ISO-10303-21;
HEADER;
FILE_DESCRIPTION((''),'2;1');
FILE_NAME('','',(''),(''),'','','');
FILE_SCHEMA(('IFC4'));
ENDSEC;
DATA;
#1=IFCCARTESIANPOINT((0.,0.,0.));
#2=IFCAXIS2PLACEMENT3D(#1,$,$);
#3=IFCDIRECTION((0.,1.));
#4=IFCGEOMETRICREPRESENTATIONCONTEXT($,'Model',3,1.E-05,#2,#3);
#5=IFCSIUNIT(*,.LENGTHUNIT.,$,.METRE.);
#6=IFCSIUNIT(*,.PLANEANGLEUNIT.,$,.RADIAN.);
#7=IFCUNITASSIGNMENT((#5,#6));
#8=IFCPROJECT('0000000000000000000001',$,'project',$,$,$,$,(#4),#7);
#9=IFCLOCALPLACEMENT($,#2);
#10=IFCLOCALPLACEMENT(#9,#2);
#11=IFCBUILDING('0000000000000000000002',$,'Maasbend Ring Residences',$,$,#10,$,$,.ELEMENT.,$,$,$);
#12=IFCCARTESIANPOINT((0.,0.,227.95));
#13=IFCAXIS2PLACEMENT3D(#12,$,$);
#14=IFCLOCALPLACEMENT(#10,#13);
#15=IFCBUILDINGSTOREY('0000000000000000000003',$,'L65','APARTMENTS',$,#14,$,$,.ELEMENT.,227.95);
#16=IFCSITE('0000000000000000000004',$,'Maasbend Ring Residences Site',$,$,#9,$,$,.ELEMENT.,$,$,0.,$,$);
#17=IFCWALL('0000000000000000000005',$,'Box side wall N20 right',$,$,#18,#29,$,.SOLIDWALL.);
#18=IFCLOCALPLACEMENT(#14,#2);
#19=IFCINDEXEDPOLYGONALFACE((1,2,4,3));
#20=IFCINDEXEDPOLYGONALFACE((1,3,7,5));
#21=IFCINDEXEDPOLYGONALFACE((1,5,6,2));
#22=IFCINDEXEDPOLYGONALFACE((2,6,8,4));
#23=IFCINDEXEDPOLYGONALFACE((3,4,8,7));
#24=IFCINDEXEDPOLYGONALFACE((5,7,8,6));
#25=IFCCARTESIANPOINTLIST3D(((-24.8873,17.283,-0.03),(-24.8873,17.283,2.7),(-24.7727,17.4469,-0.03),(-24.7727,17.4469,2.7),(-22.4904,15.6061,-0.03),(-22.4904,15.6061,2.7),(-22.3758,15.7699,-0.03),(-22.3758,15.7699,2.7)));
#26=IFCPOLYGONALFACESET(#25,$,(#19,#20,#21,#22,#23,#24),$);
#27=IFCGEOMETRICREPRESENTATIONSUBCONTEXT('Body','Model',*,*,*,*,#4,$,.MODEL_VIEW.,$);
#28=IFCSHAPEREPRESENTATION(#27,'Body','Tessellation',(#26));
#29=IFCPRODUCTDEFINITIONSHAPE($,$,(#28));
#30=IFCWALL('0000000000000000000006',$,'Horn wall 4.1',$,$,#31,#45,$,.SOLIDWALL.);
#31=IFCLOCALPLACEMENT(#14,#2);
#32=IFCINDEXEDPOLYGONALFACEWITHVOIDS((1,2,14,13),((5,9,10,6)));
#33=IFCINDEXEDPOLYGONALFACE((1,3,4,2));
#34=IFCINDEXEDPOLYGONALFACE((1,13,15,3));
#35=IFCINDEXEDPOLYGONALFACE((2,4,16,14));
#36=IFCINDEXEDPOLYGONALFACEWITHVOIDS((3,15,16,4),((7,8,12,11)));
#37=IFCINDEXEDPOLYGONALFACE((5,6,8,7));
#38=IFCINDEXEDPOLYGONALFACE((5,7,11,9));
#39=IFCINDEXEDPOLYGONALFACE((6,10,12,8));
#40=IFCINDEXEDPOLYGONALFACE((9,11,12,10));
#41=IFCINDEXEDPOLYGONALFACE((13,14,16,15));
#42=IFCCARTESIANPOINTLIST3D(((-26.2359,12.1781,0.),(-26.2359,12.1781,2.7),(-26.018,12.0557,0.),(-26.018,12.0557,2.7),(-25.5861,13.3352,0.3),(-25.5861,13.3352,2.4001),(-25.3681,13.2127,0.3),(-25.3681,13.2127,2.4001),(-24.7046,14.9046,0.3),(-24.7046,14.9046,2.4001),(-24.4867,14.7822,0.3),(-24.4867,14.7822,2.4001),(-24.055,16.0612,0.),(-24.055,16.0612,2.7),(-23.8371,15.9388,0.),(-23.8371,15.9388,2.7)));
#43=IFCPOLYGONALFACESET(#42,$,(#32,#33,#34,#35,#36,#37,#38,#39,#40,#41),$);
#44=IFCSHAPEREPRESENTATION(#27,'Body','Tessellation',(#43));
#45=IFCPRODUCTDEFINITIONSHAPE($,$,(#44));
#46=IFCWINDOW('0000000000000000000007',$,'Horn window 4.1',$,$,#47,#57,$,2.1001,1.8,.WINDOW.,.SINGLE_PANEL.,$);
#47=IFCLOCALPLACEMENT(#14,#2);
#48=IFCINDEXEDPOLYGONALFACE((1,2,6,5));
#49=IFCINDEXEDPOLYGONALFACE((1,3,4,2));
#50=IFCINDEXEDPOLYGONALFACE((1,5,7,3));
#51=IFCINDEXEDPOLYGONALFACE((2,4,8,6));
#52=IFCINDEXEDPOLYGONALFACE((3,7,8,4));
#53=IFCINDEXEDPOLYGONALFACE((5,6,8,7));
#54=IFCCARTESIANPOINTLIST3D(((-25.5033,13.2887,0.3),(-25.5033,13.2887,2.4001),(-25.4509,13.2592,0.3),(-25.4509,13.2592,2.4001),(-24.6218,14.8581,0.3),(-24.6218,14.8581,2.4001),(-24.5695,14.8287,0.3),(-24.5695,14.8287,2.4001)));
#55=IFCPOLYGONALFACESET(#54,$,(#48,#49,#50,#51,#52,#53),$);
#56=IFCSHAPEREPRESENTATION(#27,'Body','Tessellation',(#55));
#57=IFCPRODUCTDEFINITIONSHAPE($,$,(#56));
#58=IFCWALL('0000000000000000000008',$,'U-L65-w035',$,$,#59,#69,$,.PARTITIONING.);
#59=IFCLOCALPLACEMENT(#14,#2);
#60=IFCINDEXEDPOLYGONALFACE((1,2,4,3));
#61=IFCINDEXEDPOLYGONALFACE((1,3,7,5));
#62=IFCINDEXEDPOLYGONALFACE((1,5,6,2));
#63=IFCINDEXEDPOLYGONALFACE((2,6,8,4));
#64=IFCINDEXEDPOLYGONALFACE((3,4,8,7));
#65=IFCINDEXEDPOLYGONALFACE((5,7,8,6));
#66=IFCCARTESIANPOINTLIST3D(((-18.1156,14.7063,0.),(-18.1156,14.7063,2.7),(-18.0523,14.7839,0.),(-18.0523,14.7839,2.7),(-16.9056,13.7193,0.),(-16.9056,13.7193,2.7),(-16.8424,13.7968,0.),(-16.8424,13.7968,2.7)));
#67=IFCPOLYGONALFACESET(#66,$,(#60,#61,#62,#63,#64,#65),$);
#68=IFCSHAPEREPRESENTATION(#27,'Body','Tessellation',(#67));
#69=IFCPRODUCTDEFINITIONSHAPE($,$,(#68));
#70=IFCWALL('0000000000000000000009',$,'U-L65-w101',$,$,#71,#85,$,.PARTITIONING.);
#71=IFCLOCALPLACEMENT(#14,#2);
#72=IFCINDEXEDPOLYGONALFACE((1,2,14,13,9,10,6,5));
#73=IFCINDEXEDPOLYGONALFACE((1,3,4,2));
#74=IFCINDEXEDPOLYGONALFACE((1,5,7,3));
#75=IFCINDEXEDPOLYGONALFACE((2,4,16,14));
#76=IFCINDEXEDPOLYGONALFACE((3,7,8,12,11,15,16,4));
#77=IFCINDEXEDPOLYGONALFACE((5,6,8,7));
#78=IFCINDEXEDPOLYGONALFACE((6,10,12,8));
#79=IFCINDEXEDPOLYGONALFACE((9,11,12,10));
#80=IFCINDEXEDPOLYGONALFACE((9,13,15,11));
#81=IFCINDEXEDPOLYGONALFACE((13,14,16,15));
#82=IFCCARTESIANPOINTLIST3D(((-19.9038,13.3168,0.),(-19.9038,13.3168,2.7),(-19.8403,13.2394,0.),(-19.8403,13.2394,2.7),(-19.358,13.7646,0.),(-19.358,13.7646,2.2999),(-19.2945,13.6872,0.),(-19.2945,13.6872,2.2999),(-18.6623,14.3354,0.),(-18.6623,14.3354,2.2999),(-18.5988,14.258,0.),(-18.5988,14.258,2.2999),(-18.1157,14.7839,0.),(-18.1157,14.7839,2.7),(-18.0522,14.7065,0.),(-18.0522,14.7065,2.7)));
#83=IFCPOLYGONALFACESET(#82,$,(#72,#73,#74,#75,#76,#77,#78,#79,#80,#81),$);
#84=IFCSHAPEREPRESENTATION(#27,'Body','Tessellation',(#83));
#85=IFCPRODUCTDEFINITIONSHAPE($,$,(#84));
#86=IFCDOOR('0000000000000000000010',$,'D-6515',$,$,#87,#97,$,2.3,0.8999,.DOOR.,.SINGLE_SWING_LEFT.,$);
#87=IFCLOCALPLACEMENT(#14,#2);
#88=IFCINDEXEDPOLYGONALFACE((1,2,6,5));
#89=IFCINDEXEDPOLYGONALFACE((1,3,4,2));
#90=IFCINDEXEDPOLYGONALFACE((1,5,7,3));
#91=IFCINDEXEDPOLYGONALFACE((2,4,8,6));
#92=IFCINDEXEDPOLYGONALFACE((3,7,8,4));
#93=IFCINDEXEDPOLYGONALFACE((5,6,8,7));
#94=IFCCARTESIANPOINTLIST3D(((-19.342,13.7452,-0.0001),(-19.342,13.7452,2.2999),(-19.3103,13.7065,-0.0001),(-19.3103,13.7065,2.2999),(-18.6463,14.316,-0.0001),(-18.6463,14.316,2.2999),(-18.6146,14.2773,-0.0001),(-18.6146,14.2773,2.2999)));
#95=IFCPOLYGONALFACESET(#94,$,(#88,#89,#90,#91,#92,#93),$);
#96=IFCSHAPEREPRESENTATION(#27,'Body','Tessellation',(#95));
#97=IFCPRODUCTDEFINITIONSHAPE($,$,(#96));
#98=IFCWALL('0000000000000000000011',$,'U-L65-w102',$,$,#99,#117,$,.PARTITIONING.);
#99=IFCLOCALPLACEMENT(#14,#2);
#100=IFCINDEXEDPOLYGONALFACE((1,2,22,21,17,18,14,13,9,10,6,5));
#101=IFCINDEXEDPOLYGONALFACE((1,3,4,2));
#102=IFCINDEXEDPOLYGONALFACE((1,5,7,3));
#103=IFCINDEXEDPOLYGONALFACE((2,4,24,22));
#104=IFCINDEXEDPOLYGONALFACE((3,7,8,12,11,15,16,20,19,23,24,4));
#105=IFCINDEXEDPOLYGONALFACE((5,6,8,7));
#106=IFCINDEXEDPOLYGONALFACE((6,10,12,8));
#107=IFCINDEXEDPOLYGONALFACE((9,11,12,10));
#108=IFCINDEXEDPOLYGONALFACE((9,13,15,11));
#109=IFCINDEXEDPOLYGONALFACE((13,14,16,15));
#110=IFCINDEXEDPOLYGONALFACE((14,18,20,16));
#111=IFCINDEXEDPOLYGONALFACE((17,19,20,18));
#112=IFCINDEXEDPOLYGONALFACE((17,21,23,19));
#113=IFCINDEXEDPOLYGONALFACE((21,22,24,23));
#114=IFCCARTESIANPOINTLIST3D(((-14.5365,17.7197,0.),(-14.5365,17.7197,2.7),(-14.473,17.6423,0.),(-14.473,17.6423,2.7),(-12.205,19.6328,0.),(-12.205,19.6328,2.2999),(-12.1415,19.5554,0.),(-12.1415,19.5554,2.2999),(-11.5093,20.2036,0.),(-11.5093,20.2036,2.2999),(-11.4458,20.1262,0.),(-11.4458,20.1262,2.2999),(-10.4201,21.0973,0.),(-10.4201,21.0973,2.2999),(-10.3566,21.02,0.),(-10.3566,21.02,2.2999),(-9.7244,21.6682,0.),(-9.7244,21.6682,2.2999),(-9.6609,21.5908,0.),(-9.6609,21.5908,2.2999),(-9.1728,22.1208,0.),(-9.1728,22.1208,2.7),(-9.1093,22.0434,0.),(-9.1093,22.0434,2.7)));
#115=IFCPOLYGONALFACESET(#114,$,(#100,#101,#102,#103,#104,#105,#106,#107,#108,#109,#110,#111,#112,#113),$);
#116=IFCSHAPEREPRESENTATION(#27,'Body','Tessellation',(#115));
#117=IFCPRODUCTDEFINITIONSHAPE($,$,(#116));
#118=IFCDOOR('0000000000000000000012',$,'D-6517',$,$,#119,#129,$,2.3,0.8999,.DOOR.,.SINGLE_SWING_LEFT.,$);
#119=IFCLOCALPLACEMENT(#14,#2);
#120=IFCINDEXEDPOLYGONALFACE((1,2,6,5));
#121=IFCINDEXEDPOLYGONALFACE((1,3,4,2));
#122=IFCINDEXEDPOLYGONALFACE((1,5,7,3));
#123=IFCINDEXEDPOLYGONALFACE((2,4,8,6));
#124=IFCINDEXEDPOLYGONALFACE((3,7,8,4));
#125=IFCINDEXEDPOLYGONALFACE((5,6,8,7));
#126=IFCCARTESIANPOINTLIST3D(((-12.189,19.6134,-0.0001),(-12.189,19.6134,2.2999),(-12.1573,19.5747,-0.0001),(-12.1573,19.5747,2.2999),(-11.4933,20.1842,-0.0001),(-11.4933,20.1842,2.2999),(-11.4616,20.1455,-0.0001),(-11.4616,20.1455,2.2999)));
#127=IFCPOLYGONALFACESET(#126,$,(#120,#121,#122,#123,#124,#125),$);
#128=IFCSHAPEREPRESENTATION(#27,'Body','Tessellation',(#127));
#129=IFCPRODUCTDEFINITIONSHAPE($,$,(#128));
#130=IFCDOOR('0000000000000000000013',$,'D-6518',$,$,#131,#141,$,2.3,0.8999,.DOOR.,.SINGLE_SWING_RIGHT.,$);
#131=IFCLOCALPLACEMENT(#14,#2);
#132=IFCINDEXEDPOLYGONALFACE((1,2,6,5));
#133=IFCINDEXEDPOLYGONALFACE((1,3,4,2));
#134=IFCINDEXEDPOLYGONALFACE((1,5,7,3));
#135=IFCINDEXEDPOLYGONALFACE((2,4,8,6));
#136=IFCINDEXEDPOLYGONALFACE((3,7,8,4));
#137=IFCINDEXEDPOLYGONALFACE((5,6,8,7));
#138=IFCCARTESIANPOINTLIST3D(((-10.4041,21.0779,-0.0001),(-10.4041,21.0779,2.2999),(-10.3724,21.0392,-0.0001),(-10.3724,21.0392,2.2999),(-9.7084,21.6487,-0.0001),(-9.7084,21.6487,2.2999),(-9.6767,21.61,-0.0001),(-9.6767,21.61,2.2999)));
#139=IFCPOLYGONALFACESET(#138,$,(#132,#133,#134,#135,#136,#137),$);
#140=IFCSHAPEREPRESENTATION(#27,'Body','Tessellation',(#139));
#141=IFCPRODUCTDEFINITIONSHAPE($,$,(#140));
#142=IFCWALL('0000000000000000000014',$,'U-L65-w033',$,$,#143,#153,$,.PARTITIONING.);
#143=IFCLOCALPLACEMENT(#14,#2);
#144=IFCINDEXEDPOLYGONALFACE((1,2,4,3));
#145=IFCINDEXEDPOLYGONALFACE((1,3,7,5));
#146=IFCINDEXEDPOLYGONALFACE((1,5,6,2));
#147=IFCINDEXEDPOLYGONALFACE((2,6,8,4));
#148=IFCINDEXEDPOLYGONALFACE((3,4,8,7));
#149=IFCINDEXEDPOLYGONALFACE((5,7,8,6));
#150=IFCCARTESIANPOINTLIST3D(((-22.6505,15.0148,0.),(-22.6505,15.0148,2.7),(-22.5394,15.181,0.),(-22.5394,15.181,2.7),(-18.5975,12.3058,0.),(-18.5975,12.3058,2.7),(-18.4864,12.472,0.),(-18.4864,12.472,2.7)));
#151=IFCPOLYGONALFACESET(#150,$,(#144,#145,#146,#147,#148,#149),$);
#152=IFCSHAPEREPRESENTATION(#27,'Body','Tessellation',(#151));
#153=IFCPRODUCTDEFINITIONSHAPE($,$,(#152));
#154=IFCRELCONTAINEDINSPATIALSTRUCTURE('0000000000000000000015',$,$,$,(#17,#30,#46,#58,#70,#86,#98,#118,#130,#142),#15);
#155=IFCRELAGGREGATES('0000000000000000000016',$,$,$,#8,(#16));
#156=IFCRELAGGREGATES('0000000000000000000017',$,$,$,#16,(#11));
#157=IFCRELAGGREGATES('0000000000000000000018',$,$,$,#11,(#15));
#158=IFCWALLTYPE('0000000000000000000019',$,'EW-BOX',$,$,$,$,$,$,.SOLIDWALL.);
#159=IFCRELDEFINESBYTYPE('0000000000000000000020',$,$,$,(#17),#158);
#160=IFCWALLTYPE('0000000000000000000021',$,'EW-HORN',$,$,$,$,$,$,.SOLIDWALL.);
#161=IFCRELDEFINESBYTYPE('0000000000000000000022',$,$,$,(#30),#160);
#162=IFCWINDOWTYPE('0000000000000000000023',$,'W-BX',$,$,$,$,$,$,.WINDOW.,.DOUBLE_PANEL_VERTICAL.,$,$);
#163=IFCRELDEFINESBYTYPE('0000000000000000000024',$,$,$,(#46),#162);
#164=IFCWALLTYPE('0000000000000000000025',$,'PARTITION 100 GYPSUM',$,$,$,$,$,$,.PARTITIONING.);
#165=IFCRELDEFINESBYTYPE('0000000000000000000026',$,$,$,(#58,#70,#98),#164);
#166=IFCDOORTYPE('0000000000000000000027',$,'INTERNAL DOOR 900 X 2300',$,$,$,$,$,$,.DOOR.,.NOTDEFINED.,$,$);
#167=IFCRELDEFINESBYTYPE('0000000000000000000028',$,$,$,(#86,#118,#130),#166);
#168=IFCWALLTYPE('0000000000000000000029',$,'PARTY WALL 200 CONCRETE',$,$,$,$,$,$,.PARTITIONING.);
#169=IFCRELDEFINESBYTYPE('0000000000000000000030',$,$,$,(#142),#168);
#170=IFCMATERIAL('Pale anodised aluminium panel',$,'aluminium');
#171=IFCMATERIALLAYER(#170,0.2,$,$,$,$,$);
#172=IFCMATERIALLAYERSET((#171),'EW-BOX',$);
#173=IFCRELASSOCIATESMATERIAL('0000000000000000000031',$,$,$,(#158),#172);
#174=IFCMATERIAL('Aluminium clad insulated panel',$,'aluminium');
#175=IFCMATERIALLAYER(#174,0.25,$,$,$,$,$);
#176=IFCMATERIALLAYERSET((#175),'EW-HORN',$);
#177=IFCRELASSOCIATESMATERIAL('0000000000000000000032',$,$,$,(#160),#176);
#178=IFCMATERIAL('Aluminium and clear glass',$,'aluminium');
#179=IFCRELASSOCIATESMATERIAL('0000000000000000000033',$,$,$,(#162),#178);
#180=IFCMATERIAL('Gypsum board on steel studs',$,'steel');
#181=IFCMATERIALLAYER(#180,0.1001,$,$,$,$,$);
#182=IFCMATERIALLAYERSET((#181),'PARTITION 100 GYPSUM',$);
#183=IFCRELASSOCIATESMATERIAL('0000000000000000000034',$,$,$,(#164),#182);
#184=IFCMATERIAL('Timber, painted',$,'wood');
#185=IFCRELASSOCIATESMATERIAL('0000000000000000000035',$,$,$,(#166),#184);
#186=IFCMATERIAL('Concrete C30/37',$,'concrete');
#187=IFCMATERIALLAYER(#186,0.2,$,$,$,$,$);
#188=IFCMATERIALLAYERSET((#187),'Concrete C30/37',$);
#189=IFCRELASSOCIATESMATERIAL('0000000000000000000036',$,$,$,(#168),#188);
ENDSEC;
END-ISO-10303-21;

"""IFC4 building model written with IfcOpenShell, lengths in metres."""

from ifc_helpers import new_model, si_unit, direction, frame, frame_2d, origin, place, context, subcontext, project, spatial, rectangle, extrude, material, layer, layer_set, type_object, element, fill, save


model = new_model("IFC4")

# Units and contexts
model_context = context("Model", 3, precision=1e-05, world=origin(), true_north=direction((0.0, 1.0)))
body_context = subcontext(model_context, "Body", "Model", "MODEL_VIEW")
ifc_project = project(units=[si_unit("LENGTHUNIT", "METRE"), si_unit("PLANEANGLEUNIT", "RADIAN")], contexts=[model_context])

# Site, building, storey
site_placement = place(None, origin())
site = spatial("IfcSite", under=ifc_project, at=site_placement, Name="Maasbend Ring Residences Site", CompositionType="ELEMENT", RefElevation=0.0)
building_placement = place(site_placement, origin())
building = spatial("IfcBuilding", under=site, at=building_placement, Name="Maasbend Ring Residences", CompositionType="ELEMENT")
storey_placement = place(building_placement, frame((0.0, 0.0, 227.95)))
storey = spatial("IfcBuildingStorey", under=building, at=storey_placement, Name="L65", Description="APARTMENTS", CompositionType="ELEMENT", Elevation=227.95)

# Shared definitions
ifc_material_1 = material(Name="Pale anodised aluminium panel", Category="aluminium")
ifc_layer_1 = layer(ifc_material_1, 0.2)
ifc_layer_set_1 = layer_set([ifc_layer_1], Name="EW-BOX")
wall_type_1 = type_object("IfcWallType", Name="EW-BOX", PredefinedType="SOLIDWALL", material=ifc_layer_set_1)

# Wall
wall_1_placement = place(storey_placement, frame((-22.4331, 15.688, -0.03), z_axis=(0.0, 0.0, 1.0), x_axis=(-0.819373, 0.573261, 0.0)))
element("IfcWall", 1, at=wall_1_placement, inside=storey, type_object=wall_type_1, Name="Box side wall N20 right", PredefinedType="SOLIDWALL", context=body_context, shape_type="SweptSolid", body=[
    extrude(rectangle(XDim=2.9253, YDim=0.2, at=frame_2d((1.4626, 0.0))), origin(), (0.0, 0.0, 1.0), 2.73),
])

# Wall, opening, window
ifc_material_2 = material(Name="Aluminium clad insulated panel", Category="aluminium")
ifc_layer_2 = layer(ifc_material_2, 0.25)
ifc_layer_set_2 = layer_set([ifc_layer_2], Name="EW-HORN")
wall_type_2 = type_object("IfcWallType", Name="EW-HORN", PredefinedType="SOLIDWALL", material=ifc_layer_set_2)
wall_2_placement = place(storey_placement, frame((-23.946, 16.0, 0.0), z_axis=(0.0, 0.0, 1.0), x_axis=(-0.489696, -0.871893, 0.0)))
wall_2 = element("IfcWall", 2, at=wall_2_placement, inside=storey, type_object=wall_type_2, Name="Horn wall 4.1", PredefinedType="SOLIDWALL", context=body_context, shape_type="SweptSolid", body=[
    extrude(rectangle(XDim=4.4536, YDim=0.25, at=frame_2d((2.2268, 0.0))), origin(), (0.0, 0.0, 1.0), 2.7),
])
opening_1_placement = place(wall_2_placement, frame((1.3267, 0.0, 0.3)))
opening_1 = element("IfcOpeningElement", 3, at=opening_1_placement, cuts=wall_2, PredefinedType="OPENING", context=body_context, shape_type="SweptSolid", body=[
    extrude(rectangle(XDim=1.8, YDim=2.1001, at=frame_2d((0.8999, 1.05))), frame((0.0, 0.135, 0.0), z_axis=(0.0, -1.0, 0.0), x_axis=(1.0, 0.0, 0.0)), (0.0, 0.0, 1.0), 0.27),
])
ifc_material_3 = material(Name="Aluminium and clear glass", Category="aluminium")
window_type_1 = type_object("IfcWindowType", Name="W-BX", PartitioningType="DOUBLE_PANEL_VERTICAL", PredefinedType="WINDOW", material=ifc_material_3)
window_1_placement = place(opening_1_placement, origin())
window_1 = element("IfcWindow", 4, at=window_1_placement, inside=storey, type_object=window_type_1, Name="Horn window 4.1", OverallHeight=2.1001, OverallWidth=1.8, PartitioningType="SINGLE_PANEL", PredefinedType="WINDOW", context=body_context, shape_type="SweptSolid", body=[
    extrude(rectangle(XDim=1.8, YDim=2.1001, at=frame_2d((0.8999, 1.05))), frame((0.0, 0.03, 0.0), z_axis=(0.0, -1.0, 0.0), x_axis=(1.0, 0.0, 0.0)), (0.0, 0.0, 1.0), 0.0601),
])
fill(opening_1, window_1)

# Wall
ifc_material_4 = material(Name="Gypsum board on steel studs", Category="steel")
ifc_layer_3 = layer(ifc_material_4, 0.1001)
ifc_layer_set_3 = layer_set([ifc_layer_3], Name="PARTITION 100 GYPSUM")
wall_type_3 = type_object("IfcWallType", Name="PARTITION 100 GYPSUM", PredefinedType="PARTITIONING", material=ifc_layer_set_3)
wall_3_placement = place(storey_placement, frame((-18.084, 14.7451, 0.0), z_axis=(0.0, 0.0, 1.0), x_axis=(0.774869, -0.632122, 0.0)))
element("IfcWall", 5, at=wall_3_placement, inside=storey, type_object=wall_type_3, Name="U-L65-w035", PredefinedType="PARTITIONING", context=body_context, shape_type="SweptSolid", body=[
    extrude(rectangle(XDim=1.5615, YDim=0.1001, at=frame_2d((0.7808, 0.0))), origin(), (0.0, 0.0, 1.0), 2.7),
])

# Wall, opening, door
wall_4_placement = place(storey_placement, frame((-19.8721, 13.2781, 0.0), z_axis=(0.0, 0.0, 1.0), x_axis=(0.773096, 0.634289, 0.0)))
wall_4 = element("IfcWall", 6, at=wall_4_placement, inside=storey, type_object=wall_type_3, Name="U-L65-w101", PredefinedType="PARTITIONING", context=body_context, shape_type="SweptSolid", body=[
    extrude(rectangle(XDim=2.313, YDim=0.1001, at=frame_2d((1.1565, 0.0))), origin(), (0.0, 0.0, 1.0), 2.7),
])
opening_2_placement = place(wall_4_placement, frame((0.7061, 0.0, 0.0)))
opening_2 = element("IfcOpeningElement", 7, at=opening_2_placement, cuts=wall_4, PredefinedType="OPENING", context=body_context, shape_type="SweptSolid", body=[
    extrude(rectangle(XDim=0.8999, YDim=2.3, at=frame_2d((0.45, 1.1499))), frame((0.0, 0.0601, 0.0), z_axis=(0.0, -1.0, 0.0), x_axis=(1.0, 0.0, 0.0)), (0.0, 0.0, 1.0), 0.1201),
])
ifc_material_5 = material(Name="Timber, painted", Category="wood")
door_type_1 = type_object("IfcDoorType", Name="INTERNAL DOOR 900 X 2300", OperationType="NOTDEFINED", PredefinedType="DOOR", material=ifc_material_5)
door_1_placement = place(opening_2_placement, origin())
door_1 = element("IfcDoor", 8, at=door_1_placement, inside=storey, type_object=door_type_1, Name="D-6515", OperationType="SINGLE_SWING_LEFT", OverallHeight=2.3, OverallWidth=0.8999, PredefinedType="DOOR", context=body_context, shape_type="SweptSolid", body=[
    extrude(rectangle(XDim=0.8999, YDim=2.3, at=frame_2d((0.45, 1.1499))), frame((0.0, 0.0249, 0.0), z_axis=(0.0, -1.0, 0.0), x_axis=(1.0, 0.0, 0.0)), (0.0, 0.0, 1.0), 0.05),
])
fill(opening_2, door_1)

# Wall, openings, doors
wall_5_placement = place(storey_placement, frame((-14.5049, 17.6809, 0.0), z_axis=(0.0, 0.0, 1.0), x_axis=(0.773068, 0.634324, 0.0)))
wall_5 = element("IfcWall", 9, at=wall_5_placement, inside=storey, type_object=wall_type_3, Name="U-L65-w102", PredefinedType="PARTITIONING", context=body_context, shape_type="SweptSolid", body=[
    extrude(rectangle(XDim=6.9382, YDim=0.1001, at=frame_2d((3.4692, 0.0))), origin(), (0.0, 0.0, 1.0), 2.7),
])
opening_3_placement = place(wall_5_placement, frame((3.0161, 0.0, 0.0)))
opening_3 = element("IfcOpeningElement", 10, at=opening_3_placement, cuts=wall_5, PredefinedType="OPENING", context=body_context, shape_type="SweptSolid", body=[
    extrude(rectangle(XDim=0.8999, YDim=2.3, at=frame_2d((0.45, 1.1499))), frame((0.0, 0.0601, 0.0), z_axis=(0.0, -1.0, 0.0), x_axis=(1.0, 0.0, 0.0)), (0.0, 0.0, 1.0), 0.1201),
])
opening_4_placement = place(wall_5_placement, frame((5.325, 0.0, 0.0)))
opening_4 = element("IfcOpeningElement", 11, at=opening_4_placement, cuts=wall_5, PredefinedType="OPENING", context=body_context, shape_type="SweptSolid", body=[
    extrude(rectangle(XDim=0.8999, YDim=2.3, at=frame_2d((0.45, 1.1499))), frame((0.0, 0.0601, 0.0), z_axis=(0.0, -1.0, 0.0), x_axis=(1.0, 0.0, 0.0)), (0.0, 0.0, 1.0), 0.1201),
])
door_2_placement = place(opening_3_placement, origin())
door_2 = element("IfcDoor", 12, at=door_2_placement, inside=storey, type_object=door_type_1, Name="D-6517", OperationType="SINGLE_SWING_LEFT", OverallHeight=2.3, OverallWidth=0.8999, PredefinedType="DOOR", context=body_context, shape_type="SweptSolid", body=[
    extrude(rectangle(XDim=0.8999, YDim=2.3, at=frame_2d((0.45, 1.1499))), frame((0.0, 0.0249, 0.0), z_axis=(0.0, -1.0, 0.0), x_axis=(1.0, 0.0, 0.0)), (0.0, 0.0, 1.0), 0.05),
])
fill(opening_3, door_2)
door_3_placement = place(opening_4_placement, origin())
door_3 = element("IfcDoor", 13, at=door_3_placement, inside=storey, type_object=door_type_1, Name="D-6518", OperationType="SINGLE_SWING_RIGHT", OverallHeight=2.3, OverallWidth=0.8999, PredefinedType="DOOR", context=body_context, shape_type="SweptSolid", body=[
    extrude(rectangle(XDim=0.8999, YDim=2.3, at=frame_2d((0.45, 1.1499))), frame((0.0, 0.0249, 0.0), z_axis=(0.0, -1.0, 0.0), x_axis=(1.0, 0.0, 0.0)), (0.0, 0.0, 1.0), 0.05),
])
fill(opening_4, door_3)

# Wall
ifc_material_6 = material(Name="Concrete C30/37", Category="concrete")
ifc_layer_4 = layer(ifc_material_6, 0.2)
ifc_layer_set_4 = layer_set([ifc_layer_4], Name="Concrete C30/37")
wall_type_4 = type_object("IfcWallType", Name="PARTY WALL 200 CONCRETE", PredefinedType="PARTITIONING", material=ifc_layer_set_4)
wall_6_placement = place(storey_placement, frame((-22.595, 15.0979, 0.0), z_axis=(0.0, 0.0, 1.0), x_axis=(0.831387, -0.555694, 0.0)))
element("IfcWall", 14, at=wall_6_placement, inside=storey, type_object=wall_type_4, Name="U-L65-w033", PredefinedType="PARTITIONING", context=body_context, shape_type="SweptSolid", body=[
    extrude(rectangle(XDim=4.875, YDim=0.2, at=frame_2d((2.4375, 0.0))), origin(), (0.0, 0.0, 1.0), 2.7),
])

save(model, "model.ifc")
